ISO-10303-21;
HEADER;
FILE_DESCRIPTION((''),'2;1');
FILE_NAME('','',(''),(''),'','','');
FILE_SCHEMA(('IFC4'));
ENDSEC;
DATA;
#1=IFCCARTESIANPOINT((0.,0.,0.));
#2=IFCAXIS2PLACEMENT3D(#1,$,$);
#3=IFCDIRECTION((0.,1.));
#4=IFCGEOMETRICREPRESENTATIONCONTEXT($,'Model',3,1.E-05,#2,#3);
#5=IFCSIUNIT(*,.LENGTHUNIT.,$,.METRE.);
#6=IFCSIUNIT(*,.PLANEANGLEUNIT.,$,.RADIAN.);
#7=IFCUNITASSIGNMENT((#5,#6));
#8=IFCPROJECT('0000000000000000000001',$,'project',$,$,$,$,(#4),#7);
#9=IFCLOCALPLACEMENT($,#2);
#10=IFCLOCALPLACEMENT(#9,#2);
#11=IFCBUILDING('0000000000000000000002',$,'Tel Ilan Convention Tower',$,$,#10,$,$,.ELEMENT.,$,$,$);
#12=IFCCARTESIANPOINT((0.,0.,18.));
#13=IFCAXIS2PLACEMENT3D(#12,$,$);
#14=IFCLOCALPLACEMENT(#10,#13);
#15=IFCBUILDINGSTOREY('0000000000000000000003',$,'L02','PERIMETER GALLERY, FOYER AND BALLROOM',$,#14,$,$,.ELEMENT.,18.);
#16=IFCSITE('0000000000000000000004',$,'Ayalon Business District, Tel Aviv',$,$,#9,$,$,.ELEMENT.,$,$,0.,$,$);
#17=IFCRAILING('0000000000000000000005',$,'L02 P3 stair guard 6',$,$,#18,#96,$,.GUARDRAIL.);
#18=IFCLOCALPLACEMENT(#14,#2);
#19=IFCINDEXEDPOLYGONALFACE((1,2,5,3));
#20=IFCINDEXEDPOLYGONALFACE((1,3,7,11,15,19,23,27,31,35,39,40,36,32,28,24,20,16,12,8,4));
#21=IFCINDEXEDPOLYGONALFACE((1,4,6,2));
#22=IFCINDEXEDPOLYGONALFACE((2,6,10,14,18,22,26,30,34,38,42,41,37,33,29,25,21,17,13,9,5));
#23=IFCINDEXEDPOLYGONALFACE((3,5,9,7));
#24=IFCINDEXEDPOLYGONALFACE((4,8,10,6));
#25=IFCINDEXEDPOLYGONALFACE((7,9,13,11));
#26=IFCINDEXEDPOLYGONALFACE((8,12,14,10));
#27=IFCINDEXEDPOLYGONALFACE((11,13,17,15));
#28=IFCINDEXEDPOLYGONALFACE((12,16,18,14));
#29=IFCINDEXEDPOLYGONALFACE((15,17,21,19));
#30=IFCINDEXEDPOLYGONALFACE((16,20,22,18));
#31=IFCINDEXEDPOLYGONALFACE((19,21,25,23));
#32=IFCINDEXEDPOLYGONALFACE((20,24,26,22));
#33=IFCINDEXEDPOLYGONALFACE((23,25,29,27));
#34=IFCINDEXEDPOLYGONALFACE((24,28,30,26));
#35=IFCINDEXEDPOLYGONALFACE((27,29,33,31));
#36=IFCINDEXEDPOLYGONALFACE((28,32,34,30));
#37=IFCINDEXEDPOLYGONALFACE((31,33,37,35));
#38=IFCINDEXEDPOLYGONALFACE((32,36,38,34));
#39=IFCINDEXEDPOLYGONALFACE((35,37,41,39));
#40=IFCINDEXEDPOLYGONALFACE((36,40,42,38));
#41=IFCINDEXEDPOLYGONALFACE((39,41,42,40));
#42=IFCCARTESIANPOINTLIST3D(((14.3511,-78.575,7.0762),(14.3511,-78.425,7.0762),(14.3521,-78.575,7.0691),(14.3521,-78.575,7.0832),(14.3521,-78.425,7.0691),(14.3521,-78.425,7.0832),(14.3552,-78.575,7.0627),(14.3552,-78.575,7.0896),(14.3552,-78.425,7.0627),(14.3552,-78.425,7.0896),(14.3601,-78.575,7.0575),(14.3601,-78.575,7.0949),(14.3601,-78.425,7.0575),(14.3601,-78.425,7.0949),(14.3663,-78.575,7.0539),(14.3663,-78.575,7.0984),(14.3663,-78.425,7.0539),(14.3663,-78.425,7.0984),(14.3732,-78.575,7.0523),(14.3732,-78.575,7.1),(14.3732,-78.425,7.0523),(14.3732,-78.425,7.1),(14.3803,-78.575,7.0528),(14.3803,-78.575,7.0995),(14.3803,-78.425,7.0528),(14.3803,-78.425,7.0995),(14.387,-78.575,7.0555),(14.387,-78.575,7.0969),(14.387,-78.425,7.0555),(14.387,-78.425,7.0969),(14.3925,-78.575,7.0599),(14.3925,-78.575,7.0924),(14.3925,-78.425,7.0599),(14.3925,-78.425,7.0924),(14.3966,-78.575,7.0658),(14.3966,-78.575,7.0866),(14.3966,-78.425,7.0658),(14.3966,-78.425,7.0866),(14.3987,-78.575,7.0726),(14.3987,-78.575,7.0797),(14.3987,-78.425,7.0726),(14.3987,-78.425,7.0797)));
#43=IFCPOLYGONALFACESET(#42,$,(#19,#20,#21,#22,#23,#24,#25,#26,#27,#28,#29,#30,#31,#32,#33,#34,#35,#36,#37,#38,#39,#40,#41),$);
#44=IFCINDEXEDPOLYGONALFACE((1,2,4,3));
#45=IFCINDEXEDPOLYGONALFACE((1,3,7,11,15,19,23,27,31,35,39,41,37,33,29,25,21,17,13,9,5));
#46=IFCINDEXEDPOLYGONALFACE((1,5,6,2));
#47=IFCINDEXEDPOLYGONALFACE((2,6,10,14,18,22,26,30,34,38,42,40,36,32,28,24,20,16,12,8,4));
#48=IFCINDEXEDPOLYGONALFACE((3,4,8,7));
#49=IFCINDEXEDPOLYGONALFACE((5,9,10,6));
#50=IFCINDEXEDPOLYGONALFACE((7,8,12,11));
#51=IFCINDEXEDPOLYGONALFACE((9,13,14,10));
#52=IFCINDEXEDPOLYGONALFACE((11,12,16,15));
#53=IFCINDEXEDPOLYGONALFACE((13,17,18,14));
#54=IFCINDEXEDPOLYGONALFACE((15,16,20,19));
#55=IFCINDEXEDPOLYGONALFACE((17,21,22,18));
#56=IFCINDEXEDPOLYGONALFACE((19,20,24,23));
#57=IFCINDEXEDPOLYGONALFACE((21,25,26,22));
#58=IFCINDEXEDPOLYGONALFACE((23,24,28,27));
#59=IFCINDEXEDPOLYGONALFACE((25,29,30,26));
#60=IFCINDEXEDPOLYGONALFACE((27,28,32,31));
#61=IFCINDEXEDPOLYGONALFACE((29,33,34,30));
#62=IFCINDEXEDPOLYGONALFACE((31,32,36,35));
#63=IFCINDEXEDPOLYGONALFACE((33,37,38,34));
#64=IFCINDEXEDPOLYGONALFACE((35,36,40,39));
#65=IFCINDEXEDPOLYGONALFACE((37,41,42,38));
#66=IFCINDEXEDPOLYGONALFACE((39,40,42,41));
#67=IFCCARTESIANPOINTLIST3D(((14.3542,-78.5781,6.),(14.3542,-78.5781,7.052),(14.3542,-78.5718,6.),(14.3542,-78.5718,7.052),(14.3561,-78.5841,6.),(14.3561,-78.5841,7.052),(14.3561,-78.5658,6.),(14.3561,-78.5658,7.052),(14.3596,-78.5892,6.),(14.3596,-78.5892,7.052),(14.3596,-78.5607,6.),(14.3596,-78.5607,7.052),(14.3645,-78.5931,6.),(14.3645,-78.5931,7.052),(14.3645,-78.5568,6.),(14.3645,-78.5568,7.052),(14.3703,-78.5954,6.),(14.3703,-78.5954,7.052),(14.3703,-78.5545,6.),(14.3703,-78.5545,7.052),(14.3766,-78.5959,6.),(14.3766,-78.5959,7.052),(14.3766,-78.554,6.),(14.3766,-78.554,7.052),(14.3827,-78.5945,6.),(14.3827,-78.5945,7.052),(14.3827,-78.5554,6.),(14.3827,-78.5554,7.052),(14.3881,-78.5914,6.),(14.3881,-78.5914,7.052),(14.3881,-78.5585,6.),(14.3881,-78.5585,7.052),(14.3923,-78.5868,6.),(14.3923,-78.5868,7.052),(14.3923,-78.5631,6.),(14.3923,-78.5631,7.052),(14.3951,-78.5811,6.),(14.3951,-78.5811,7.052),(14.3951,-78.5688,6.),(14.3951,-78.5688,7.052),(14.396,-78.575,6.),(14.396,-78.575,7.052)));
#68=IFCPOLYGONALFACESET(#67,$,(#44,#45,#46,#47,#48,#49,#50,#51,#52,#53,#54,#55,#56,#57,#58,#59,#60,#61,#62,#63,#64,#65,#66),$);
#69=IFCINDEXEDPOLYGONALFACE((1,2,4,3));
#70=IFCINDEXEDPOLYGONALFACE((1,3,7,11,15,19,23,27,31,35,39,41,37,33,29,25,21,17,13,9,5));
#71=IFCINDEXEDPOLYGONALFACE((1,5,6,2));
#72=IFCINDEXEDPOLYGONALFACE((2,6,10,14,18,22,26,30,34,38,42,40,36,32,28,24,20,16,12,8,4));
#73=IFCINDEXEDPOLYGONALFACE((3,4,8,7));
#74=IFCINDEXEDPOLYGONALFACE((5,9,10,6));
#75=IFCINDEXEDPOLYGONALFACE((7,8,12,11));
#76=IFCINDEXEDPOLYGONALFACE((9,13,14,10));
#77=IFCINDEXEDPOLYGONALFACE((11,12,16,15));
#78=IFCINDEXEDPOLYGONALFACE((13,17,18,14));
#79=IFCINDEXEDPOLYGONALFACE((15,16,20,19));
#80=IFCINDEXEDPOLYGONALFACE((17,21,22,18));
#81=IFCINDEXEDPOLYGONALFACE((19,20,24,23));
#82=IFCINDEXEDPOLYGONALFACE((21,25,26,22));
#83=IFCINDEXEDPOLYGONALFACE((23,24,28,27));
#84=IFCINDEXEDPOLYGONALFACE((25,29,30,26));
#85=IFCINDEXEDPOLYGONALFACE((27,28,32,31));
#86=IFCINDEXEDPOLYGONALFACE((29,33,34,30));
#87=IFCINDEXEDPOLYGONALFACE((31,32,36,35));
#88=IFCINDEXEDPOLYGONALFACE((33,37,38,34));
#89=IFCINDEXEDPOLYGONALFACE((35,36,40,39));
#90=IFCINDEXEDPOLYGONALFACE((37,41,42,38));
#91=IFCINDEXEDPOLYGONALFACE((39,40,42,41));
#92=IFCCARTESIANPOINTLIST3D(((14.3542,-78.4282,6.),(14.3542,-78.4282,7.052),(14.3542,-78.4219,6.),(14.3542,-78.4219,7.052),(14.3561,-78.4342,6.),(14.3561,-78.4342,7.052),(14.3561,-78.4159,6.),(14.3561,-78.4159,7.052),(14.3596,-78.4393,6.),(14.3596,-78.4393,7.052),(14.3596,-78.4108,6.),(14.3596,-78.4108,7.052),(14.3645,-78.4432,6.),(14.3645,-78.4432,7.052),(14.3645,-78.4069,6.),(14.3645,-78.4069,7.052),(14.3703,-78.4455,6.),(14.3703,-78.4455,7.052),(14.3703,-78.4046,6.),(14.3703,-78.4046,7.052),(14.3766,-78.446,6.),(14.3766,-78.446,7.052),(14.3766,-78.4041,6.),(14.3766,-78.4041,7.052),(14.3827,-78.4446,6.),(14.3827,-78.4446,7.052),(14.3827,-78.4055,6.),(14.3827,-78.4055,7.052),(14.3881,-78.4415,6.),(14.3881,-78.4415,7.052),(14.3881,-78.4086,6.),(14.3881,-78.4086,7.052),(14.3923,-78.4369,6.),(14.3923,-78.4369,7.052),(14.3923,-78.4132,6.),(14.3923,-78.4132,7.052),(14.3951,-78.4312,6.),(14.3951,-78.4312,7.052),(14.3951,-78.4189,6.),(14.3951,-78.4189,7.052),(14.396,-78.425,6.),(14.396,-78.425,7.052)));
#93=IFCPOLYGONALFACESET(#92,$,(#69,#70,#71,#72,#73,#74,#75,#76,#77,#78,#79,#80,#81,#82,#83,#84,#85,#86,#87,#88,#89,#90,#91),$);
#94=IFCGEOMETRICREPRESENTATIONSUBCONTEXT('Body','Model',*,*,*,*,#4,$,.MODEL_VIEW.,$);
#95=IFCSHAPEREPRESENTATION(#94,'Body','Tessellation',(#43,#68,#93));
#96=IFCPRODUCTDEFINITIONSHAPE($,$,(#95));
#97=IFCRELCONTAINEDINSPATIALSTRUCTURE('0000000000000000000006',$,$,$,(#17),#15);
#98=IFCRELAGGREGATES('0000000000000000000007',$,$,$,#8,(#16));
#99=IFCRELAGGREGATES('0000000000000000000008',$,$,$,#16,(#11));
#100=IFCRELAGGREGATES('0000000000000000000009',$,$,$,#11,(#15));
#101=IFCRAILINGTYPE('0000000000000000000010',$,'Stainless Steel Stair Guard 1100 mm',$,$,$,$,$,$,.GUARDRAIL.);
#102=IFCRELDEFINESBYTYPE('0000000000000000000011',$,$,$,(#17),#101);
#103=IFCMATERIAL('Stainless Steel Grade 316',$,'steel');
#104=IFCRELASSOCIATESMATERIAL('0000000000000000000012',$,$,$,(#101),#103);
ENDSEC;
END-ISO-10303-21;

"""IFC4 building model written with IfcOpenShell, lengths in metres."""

from ifc_helpers import new_model, si_unit, direction, frame, origin, origin_2d, place, context, subcontext, project, spatial, circle, extrude, material, type_object, element, save


model = new_model("IFC4")

# Units and contexts
model_context = context("Model", 3, precision=1e-05, world=origin(), true_north=direction((0.0, 1.0)))
body_context = subcontext(model_context, "Body", "Model", "MODEL_VIEW")
ifc_project = project(units=[si_unit("LENGTHUNIT", "METRE"), si_unit("PLANEANGLEUNIT", "RADIAN")], contexts=[model_context])

# Site, building, storey
site_placement = place(None, origin())
site = spatial("IfcSite", under=ifc_project, at=site_placement, Name="Ayalon Business District, Tel Aviv", CompositionType="ELEMENT", RefElevation=0.0)
building_placement = place(site_placement, origin())
building = spatial("IfcBuilding", under=site, at=building_placement, Name="Tel Ilan Convention Tower", CompositionType="ELEMENT")
storey_placement = place(building_placement, frame((0.0, 0.0, 18.0)))
storey = spatial("IfcBuildingStorey", under=building, at=storey_placement, Name="L02", Description="PERIMETER GALLERY, FOYER AND BALLROOM", CompositionType="ELEMENT", Elevation=18.0)

# Railing
ifc_material_1 = material(Name="Stainless Steel Grade 316", Category="steel")
railing_type_1 = type_object("IfcRailingType", Name="Stainless Steel Stair Guard 1100 mm", PredefinedType="GUARDRAIL", material=ifc_material_1)
railing_1_placement = place(storey_placement, frame((14.375, -78.575, 6.0)))
element("IfcRailing", 1, at=railing_1_placement, inside=storey, type_object=railing_type_1, Name="L02 P3 stair guard 6", PredefinedType="GUARDRAIL", context=body_context, shape_type="SweptSolid", body=[
    extrude(circle(Radius=0.0239, at=origin_2d()), frame((0.0, 0.0, 1.0762), z_axis=(0.0, 1.0, 0.0), x_axis=(-1.0, 0.0, 0.0)), (0.0, 0.0, 1.0), 0.1499),
    extrude(circle(Radius=0.021, at=origin_2d()), origin(), (0.0, 0.0, 1.0), 1.052),
    extrude(circle(Radius=0.021, at=origin_2d()), frame((0.0, 0.1499, 0.0)), (0.0, 0.0, 1.0), 1.052),
])

save(model, "model.ifc")
